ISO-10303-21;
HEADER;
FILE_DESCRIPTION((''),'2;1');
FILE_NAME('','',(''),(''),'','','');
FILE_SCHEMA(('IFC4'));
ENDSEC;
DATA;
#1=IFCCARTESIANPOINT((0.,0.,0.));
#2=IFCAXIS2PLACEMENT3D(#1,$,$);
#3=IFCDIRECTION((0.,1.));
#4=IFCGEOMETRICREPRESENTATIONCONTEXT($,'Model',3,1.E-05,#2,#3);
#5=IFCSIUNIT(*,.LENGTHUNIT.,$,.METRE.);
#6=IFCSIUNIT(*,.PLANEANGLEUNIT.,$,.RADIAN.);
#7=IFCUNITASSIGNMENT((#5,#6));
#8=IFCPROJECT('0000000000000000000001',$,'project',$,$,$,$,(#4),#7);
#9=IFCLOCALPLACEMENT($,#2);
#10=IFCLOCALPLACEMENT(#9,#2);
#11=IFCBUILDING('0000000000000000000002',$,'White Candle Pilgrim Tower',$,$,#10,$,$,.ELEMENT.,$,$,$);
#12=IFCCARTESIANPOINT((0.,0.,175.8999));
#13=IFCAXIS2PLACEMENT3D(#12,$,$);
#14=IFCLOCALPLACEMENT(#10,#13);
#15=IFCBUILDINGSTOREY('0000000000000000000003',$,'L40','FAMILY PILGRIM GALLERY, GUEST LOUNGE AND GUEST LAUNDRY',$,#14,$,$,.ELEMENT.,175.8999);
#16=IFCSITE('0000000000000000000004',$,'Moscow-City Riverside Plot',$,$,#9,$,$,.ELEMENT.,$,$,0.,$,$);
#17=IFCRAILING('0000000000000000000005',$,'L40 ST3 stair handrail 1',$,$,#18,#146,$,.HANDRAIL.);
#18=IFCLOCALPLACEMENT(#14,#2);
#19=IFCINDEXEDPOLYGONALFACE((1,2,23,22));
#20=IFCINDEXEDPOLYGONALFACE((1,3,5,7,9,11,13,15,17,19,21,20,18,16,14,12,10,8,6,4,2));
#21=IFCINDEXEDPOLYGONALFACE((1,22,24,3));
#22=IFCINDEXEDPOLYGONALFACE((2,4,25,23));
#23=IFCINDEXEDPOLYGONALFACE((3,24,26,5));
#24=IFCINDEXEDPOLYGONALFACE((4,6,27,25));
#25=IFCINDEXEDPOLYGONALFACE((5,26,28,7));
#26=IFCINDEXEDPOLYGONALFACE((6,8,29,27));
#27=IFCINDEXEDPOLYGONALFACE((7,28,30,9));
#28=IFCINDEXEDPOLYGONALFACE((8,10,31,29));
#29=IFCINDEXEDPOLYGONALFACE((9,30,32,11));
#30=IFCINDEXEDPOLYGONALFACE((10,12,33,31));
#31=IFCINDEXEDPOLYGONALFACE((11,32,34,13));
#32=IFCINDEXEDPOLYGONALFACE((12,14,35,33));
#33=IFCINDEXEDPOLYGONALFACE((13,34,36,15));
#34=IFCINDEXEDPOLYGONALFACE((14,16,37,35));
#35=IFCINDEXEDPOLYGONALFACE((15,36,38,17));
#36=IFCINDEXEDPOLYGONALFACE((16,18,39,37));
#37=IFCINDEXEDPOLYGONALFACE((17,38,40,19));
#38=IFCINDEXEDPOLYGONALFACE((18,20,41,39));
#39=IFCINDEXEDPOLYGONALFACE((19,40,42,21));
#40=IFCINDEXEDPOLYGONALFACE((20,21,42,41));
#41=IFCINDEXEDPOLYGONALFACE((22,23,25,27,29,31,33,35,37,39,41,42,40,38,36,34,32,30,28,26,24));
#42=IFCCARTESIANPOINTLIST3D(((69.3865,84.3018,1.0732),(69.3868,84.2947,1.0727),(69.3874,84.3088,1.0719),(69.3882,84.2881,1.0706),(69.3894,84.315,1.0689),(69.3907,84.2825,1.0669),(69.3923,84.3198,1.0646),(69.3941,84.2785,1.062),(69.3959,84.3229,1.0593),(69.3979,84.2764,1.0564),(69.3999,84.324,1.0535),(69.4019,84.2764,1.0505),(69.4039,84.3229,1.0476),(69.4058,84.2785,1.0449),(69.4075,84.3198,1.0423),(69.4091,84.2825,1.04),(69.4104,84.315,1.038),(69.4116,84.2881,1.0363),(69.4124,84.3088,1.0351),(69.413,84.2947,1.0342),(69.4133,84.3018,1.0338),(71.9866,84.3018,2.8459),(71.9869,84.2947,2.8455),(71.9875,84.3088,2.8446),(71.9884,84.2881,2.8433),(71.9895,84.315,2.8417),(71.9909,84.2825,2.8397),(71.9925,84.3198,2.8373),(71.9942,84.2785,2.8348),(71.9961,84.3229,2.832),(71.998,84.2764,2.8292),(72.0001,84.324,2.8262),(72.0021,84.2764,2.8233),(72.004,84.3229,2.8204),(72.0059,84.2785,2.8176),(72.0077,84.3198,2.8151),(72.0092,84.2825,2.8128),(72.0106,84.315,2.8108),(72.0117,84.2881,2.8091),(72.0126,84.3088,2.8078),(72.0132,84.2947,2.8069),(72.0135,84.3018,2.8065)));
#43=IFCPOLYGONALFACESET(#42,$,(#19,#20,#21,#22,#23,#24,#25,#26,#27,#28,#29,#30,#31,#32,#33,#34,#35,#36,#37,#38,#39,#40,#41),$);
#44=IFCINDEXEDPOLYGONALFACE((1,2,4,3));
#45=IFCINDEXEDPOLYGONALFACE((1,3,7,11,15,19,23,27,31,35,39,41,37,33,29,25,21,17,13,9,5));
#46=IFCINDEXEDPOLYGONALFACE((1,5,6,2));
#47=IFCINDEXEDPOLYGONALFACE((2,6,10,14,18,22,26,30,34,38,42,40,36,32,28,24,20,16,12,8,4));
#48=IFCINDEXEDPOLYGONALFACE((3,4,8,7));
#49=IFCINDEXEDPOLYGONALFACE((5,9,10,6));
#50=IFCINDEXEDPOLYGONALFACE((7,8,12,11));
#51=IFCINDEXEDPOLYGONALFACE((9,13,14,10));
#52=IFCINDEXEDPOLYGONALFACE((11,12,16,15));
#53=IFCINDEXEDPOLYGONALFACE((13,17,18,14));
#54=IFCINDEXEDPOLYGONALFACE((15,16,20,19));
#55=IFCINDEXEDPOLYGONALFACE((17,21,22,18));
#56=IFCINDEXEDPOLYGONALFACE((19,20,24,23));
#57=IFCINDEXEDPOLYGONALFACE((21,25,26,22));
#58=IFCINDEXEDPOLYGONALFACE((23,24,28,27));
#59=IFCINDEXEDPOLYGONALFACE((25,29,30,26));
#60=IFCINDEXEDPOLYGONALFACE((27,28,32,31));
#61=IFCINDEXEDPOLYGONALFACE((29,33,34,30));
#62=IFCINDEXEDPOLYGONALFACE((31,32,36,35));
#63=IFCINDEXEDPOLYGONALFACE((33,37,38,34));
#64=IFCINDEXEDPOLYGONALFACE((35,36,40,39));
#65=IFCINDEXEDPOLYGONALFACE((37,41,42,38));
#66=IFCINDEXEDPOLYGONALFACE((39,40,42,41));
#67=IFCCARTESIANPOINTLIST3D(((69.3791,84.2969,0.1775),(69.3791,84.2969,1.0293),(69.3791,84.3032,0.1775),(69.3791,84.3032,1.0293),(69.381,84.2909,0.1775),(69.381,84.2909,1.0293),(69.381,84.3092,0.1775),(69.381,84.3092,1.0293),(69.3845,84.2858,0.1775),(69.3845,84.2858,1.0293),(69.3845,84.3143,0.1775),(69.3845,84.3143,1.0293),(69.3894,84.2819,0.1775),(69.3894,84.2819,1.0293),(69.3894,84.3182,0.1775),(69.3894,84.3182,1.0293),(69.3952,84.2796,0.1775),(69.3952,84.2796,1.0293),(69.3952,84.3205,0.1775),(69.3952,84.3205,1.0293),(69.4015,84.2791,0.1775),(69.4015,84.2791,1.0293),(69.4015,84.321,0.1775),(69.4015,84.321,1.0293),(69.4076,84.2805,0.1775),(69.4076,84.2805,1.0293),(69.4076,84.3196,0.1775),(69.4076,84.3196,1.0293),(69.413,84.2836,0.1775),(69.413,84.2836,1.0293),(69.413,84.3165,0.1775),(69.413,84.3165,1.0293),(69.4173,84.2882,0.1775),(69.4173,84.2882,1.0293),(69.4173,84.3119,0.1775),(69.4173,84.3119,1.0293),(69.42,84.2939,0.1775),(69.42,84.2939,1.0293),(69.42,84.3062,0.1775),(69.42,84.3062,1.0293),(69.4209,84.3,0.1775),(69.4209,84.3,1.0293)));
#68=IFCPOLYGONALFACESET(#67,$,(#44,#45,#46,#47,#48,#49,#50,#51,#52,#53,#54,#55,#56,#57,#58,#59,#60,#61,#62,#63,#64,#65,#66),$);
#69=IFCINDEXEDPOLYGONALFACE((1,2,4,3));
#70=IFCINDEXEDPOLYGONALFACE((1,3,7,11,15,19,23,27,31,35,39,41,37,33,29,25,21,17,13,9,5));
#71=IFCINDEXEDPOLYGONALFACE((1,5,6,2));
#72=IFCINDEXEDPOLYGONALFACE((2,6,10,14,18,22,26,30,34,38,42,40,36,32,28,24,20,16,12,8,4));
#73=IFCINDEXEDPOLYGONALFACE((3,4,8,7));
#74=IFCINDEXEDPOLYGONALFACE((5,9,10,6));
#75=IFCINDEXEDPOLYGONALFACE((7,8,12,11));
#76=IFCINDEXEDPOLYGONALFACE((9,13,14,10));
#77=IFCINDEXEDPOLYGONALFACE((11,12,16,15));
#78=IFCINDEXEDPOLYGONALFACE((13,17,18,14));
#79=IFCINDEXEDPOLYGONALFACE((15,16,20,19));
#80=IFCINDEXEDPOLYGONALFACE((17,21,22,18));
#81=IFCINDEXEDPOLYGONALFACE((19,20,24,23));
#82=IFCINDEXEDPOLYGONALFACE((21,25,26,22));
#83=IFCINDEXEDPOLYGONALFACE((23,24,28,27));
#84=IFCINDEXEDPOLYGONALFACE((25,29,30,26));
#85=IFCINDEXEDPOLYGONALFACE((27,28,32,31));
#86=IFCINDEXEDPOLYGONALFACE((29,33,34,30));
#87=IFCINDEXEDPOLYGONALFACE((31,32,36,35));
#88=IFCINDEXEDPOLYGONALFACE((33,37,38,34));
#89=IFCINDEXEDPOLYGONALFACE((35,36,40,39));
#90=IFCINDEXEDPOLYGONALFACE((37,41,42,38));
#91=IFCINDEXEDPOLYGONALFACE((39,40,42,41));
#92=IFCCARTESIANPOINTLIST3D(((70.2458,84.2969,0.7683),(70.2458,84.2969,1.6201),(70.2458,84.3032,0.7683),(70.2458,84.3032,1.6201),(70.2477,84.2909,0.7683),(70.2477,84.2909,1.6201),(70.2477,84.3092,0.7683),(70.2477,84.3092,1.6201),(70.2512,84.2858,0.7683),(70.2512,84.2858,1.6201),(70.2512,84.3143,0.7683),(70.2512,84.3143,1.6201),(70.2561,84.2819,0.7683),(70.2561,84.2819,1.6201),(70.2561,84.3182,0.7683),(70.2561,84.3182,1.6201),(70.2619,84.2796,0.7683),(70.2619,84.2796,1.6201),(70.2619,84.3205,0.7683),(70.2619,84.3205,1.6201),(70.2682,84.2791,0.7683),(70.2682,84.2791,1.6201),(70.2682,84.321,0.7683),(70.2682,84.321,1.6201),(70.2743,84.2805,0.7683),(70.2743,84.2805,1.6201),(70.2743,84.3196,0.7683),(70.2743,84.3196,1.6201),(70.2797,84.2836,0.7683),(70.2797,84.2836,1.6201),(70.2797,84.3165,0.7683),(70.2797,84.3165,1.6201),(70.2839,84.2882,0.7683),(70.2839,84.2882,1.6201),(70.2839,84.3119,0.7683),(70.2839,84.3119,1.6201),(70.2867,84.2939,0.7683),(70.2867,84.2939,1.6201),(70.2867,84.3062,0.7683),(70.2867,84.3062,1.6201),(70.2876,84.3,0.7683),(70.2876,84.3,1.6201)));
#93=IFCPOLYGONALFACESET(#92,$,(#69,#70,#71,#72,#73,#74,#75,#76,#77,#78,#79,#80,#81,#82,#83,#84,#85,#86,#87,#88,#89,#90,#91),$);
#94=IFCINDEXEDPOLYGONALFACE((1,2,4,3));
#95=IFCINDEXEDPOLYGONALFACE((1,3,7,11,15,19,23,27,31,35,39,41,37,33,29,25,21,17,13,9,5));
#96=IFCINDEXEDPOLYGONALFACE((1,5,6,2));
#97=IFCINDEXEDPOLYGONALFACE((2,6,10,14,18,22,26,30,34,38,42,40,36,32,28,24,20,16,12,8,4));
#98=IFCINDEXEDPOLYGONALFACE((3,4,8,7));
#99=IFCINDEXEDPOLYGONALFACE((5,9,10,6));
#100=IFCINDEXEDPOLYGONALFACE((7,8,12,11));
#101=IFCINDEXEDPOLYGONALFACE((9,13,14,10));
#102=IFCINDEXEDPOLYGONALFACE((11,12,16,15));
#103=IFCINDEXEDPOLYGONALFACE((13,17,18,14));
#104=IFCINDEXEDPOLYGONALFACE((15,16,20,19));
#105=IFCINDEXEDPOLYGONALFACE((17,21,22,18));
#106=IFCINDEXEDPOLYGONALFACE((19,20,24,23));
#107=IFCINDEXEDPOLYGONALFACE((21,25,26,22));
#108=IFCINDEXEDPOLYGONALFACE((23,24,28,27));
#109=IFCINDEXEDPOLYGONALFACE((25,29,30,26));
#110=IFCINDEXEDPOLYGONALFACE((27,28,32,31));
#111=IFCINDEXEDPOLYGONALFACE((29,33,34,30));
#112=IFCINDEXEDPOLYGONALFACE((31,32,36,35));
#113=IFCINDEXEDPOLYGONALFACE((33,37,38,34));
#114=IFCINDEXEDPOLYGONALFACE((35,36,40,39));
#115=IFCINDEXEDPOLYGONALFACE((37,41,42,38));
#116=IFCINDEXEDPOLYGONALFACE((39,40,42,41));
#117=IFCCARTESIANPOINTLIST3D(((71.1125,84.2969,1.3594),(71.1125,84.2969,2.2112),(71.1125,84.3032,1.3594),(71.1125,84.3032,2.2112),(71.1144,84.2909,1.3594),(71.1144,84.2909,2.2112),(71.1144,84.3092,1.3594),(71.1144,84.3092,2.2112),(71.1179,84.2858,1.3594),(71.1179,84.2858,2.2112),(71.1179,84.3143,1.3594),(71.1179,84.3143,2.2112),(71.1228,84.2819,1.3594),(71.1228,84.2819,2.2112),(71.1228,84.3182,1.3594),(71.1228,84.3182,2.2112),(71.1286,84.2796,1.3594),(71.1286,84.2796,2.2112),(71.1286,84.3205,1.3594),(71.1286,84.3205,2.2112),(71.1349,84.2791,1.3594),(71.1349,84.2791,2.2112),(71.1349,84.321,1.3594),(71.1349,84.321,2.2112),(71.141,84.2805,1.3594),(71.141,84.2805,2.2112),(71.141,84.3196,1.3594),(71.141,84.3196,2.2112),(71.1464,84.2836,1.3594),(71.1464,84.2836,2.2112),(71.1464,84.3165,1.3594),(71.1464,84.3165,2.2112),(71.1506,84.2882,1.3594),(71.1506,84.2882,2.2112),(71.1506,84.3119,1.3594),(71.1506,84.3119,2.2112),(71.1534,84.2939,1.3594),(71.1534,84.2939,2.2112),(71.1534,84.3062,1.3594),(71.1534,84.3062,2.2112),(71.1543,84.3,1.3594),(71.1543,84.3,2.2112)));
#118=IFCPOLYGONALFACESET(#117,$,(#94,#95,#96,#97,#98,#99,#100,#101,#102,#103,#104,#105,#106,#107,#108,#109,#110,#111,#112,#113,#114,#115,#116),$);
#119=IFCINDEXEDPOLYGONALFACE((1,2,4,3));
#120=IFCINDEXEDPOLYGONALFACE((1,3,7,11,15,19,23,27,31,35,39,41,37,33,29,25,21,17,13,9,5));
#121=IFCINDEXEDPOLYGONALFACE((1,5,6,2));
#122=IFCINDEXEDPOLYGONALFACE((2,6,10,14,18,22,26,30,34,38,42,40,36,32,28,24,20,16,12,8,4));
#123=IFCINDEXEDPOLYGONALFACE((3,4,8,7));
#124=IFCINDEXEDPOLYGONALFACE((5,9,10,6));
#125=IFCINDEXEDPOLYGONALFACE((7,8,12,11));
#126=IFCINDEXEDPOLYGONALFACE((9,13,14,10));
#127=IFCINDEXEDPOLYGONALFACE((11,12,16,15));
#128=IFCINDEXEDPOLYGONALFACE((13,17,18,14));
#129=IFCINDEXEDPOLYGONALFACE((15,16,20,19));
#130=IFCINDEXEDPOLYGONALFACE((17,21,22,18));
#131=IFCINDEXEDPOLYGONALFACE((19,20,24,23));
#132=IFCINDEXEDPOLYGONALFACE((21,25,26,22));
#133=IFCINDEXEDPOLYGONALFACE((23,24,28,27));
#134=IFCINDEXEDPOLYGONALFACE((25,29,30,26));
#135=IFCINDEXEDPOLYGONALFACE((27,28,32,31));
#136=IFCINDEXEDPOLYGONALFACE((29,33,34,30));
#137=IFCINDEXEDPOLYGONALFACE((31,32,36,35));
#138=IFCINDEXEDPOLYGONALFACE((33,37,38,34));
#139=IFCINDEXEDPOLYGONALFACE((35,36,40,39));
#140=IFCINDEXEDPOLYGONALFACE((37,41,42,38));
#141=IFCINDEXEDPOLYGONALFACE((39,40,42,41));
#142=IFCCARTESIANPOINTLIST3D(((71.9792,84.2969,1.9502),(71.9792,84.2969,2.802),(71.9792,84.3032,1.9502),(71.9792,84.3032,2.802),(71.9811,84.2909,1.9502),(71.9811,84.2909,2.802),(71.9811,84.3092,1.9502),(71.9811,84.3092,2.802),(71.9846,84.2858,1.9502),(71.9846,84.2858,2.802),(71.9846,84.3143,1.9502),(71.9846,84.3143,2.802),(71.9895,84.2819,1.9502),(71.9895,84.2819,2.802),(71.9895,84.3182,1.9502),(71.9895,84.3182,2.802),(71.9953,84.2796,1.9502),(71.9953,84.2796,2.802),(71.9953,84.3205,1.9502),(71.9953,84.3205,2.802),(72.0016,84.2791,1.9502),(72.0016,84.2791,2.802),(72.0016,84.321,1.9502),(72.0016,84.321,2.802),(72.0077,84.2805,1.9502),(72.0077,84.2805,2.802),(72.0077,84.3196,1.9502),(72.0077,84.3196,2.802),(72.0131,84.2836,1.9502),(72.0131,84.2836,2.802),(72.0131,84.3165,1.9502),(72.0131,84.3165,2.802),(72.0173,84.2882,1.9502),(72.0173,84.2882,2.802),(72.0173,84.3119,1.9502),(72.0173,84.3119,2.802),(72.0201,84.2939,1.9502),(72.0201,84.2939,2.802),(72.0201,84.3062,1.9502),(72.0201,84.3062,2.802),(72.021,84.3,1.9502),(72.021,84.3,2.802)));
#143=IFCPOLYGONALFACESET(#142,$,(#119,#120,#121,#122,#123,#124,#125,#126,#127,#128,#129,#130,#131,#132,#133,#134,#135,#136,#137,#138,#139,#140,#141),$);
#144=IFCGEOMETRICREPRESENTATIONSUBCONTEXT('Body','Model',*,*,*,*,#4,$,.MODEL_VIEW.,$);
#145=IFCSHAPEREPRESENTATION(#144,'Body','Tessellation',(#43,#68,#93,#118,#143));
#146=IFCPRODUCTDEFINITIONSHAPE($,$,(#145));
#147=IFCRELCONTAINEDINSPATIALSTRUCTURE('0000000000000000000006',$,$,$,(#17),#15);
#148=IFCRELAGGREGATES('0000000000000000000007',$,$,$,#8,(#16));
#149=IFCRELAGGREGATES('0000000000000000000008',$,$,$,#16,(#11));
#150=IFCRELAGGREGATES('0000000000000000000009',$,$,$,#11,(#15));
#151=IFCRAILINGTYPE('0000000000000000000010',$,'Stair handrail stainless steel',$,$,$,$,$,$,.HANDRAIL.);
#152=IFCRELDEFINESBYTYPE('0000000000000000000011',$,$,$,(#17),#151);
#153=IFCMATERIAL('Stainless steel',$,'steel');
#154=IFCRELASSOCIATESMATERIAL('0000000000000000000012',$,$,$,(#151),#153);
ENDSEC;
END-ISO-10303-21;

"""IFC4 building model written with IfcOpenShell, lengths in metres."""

from ifc_helpers import new_model, si_unit, direction, frame, origin, origin_2d, place, context, subcontext, project, spatial, circle, extrude, material, type_object, element, save


model = new_model("IFC4")

# Units and contexts
model_context = context("Model", 3, precision=1e-05, world=origin(), true_north=direction((0.0, 1.0)))
body_context = subcontext(model_context, "Body", "Model", "MODEL_VIEW")
ifc_project = project(units=[si_unit("LENGTHUNIT", "METRE"), si_unit("PLANEANGLEUNIT", "RADIAN")], contexts=[model_context])

# Site, building, storey
site_placement = place(None, origin())
site = spatial("IfcSite", under=ifc_project, at=site_placement, Name="Moscow-City Riverside Plot", CompositionType="ELEMENT", RefElevation=0.0)
building_placement = place(site_placement, origin())
building = spatial("IfcBuilding", under=site, at=building_placement, Name="White Candle Pilgrim Tower", CompositionType="ELEMENT")
storey_placement = place(building_placement, frame((0.0, 0.0, 175.8999)))
storey = spatial("IfcBuildingStorey", under=building, at=storey_placement, Name="L40", Description="FAMILY PILGRIM GALLERY, GUEST LOUNGE AND GUEST LAUNDRY", CompositionType="ELEMENT", Elevation=175.8999)

# Railing
ifc_material_1 = material(Name="Stainless steel", Category="steel")
railing_type_1 = type_object("IfcRailingType", Name="Stair handrail stainless steel", PredefinedType="HANDRAIL", material=ifc_material_1)
railing_1_placement = place(storey_placement, frame((69.3999, 84.3, 0.1775)))
element("IfcRailing", 1, at=railing_1_placement, inside=storey, type_object=railing_type_1, Name="L40 ST3 stair handrail 1", PredefinedType="HANDRAIL", context=body_context, shape_type="SweptSolid", body=[
    extrude(circle(Radius=0.0239, at=origin_2d()), frame((0.0, 0.0, 0.876), z_axis=(0.82624, 0.0, 0.563318), x_axis=(0.0, 1.0, 0.0)), (0.0, 0.0, 1.0), 3.147),
    extrude(circle(Radius=0.021, at=origin_2d()), origin(), (0.0, 0.0, 1.0), 0.8518),
    extrude(circle(Radius=0.021, at=origin_2d()), frame((0.8667, 0.0, 0.5908)), (0.0, 0.0, 1.0), 0.8518),
    extrude(circle(Radius=0.021, at=origin_2d()), frame((1.7334, 0.0, 1.1819)), (0.0, 0.0, 1.0), 0.8518),
    extrude(circle(Radius=0.021, at=origin_2d()), frame((2.6001, 0.0, 1.7727)), (0.0, 0.0, 1.0), 0.8518),
])

save(model, "model.ifc")
